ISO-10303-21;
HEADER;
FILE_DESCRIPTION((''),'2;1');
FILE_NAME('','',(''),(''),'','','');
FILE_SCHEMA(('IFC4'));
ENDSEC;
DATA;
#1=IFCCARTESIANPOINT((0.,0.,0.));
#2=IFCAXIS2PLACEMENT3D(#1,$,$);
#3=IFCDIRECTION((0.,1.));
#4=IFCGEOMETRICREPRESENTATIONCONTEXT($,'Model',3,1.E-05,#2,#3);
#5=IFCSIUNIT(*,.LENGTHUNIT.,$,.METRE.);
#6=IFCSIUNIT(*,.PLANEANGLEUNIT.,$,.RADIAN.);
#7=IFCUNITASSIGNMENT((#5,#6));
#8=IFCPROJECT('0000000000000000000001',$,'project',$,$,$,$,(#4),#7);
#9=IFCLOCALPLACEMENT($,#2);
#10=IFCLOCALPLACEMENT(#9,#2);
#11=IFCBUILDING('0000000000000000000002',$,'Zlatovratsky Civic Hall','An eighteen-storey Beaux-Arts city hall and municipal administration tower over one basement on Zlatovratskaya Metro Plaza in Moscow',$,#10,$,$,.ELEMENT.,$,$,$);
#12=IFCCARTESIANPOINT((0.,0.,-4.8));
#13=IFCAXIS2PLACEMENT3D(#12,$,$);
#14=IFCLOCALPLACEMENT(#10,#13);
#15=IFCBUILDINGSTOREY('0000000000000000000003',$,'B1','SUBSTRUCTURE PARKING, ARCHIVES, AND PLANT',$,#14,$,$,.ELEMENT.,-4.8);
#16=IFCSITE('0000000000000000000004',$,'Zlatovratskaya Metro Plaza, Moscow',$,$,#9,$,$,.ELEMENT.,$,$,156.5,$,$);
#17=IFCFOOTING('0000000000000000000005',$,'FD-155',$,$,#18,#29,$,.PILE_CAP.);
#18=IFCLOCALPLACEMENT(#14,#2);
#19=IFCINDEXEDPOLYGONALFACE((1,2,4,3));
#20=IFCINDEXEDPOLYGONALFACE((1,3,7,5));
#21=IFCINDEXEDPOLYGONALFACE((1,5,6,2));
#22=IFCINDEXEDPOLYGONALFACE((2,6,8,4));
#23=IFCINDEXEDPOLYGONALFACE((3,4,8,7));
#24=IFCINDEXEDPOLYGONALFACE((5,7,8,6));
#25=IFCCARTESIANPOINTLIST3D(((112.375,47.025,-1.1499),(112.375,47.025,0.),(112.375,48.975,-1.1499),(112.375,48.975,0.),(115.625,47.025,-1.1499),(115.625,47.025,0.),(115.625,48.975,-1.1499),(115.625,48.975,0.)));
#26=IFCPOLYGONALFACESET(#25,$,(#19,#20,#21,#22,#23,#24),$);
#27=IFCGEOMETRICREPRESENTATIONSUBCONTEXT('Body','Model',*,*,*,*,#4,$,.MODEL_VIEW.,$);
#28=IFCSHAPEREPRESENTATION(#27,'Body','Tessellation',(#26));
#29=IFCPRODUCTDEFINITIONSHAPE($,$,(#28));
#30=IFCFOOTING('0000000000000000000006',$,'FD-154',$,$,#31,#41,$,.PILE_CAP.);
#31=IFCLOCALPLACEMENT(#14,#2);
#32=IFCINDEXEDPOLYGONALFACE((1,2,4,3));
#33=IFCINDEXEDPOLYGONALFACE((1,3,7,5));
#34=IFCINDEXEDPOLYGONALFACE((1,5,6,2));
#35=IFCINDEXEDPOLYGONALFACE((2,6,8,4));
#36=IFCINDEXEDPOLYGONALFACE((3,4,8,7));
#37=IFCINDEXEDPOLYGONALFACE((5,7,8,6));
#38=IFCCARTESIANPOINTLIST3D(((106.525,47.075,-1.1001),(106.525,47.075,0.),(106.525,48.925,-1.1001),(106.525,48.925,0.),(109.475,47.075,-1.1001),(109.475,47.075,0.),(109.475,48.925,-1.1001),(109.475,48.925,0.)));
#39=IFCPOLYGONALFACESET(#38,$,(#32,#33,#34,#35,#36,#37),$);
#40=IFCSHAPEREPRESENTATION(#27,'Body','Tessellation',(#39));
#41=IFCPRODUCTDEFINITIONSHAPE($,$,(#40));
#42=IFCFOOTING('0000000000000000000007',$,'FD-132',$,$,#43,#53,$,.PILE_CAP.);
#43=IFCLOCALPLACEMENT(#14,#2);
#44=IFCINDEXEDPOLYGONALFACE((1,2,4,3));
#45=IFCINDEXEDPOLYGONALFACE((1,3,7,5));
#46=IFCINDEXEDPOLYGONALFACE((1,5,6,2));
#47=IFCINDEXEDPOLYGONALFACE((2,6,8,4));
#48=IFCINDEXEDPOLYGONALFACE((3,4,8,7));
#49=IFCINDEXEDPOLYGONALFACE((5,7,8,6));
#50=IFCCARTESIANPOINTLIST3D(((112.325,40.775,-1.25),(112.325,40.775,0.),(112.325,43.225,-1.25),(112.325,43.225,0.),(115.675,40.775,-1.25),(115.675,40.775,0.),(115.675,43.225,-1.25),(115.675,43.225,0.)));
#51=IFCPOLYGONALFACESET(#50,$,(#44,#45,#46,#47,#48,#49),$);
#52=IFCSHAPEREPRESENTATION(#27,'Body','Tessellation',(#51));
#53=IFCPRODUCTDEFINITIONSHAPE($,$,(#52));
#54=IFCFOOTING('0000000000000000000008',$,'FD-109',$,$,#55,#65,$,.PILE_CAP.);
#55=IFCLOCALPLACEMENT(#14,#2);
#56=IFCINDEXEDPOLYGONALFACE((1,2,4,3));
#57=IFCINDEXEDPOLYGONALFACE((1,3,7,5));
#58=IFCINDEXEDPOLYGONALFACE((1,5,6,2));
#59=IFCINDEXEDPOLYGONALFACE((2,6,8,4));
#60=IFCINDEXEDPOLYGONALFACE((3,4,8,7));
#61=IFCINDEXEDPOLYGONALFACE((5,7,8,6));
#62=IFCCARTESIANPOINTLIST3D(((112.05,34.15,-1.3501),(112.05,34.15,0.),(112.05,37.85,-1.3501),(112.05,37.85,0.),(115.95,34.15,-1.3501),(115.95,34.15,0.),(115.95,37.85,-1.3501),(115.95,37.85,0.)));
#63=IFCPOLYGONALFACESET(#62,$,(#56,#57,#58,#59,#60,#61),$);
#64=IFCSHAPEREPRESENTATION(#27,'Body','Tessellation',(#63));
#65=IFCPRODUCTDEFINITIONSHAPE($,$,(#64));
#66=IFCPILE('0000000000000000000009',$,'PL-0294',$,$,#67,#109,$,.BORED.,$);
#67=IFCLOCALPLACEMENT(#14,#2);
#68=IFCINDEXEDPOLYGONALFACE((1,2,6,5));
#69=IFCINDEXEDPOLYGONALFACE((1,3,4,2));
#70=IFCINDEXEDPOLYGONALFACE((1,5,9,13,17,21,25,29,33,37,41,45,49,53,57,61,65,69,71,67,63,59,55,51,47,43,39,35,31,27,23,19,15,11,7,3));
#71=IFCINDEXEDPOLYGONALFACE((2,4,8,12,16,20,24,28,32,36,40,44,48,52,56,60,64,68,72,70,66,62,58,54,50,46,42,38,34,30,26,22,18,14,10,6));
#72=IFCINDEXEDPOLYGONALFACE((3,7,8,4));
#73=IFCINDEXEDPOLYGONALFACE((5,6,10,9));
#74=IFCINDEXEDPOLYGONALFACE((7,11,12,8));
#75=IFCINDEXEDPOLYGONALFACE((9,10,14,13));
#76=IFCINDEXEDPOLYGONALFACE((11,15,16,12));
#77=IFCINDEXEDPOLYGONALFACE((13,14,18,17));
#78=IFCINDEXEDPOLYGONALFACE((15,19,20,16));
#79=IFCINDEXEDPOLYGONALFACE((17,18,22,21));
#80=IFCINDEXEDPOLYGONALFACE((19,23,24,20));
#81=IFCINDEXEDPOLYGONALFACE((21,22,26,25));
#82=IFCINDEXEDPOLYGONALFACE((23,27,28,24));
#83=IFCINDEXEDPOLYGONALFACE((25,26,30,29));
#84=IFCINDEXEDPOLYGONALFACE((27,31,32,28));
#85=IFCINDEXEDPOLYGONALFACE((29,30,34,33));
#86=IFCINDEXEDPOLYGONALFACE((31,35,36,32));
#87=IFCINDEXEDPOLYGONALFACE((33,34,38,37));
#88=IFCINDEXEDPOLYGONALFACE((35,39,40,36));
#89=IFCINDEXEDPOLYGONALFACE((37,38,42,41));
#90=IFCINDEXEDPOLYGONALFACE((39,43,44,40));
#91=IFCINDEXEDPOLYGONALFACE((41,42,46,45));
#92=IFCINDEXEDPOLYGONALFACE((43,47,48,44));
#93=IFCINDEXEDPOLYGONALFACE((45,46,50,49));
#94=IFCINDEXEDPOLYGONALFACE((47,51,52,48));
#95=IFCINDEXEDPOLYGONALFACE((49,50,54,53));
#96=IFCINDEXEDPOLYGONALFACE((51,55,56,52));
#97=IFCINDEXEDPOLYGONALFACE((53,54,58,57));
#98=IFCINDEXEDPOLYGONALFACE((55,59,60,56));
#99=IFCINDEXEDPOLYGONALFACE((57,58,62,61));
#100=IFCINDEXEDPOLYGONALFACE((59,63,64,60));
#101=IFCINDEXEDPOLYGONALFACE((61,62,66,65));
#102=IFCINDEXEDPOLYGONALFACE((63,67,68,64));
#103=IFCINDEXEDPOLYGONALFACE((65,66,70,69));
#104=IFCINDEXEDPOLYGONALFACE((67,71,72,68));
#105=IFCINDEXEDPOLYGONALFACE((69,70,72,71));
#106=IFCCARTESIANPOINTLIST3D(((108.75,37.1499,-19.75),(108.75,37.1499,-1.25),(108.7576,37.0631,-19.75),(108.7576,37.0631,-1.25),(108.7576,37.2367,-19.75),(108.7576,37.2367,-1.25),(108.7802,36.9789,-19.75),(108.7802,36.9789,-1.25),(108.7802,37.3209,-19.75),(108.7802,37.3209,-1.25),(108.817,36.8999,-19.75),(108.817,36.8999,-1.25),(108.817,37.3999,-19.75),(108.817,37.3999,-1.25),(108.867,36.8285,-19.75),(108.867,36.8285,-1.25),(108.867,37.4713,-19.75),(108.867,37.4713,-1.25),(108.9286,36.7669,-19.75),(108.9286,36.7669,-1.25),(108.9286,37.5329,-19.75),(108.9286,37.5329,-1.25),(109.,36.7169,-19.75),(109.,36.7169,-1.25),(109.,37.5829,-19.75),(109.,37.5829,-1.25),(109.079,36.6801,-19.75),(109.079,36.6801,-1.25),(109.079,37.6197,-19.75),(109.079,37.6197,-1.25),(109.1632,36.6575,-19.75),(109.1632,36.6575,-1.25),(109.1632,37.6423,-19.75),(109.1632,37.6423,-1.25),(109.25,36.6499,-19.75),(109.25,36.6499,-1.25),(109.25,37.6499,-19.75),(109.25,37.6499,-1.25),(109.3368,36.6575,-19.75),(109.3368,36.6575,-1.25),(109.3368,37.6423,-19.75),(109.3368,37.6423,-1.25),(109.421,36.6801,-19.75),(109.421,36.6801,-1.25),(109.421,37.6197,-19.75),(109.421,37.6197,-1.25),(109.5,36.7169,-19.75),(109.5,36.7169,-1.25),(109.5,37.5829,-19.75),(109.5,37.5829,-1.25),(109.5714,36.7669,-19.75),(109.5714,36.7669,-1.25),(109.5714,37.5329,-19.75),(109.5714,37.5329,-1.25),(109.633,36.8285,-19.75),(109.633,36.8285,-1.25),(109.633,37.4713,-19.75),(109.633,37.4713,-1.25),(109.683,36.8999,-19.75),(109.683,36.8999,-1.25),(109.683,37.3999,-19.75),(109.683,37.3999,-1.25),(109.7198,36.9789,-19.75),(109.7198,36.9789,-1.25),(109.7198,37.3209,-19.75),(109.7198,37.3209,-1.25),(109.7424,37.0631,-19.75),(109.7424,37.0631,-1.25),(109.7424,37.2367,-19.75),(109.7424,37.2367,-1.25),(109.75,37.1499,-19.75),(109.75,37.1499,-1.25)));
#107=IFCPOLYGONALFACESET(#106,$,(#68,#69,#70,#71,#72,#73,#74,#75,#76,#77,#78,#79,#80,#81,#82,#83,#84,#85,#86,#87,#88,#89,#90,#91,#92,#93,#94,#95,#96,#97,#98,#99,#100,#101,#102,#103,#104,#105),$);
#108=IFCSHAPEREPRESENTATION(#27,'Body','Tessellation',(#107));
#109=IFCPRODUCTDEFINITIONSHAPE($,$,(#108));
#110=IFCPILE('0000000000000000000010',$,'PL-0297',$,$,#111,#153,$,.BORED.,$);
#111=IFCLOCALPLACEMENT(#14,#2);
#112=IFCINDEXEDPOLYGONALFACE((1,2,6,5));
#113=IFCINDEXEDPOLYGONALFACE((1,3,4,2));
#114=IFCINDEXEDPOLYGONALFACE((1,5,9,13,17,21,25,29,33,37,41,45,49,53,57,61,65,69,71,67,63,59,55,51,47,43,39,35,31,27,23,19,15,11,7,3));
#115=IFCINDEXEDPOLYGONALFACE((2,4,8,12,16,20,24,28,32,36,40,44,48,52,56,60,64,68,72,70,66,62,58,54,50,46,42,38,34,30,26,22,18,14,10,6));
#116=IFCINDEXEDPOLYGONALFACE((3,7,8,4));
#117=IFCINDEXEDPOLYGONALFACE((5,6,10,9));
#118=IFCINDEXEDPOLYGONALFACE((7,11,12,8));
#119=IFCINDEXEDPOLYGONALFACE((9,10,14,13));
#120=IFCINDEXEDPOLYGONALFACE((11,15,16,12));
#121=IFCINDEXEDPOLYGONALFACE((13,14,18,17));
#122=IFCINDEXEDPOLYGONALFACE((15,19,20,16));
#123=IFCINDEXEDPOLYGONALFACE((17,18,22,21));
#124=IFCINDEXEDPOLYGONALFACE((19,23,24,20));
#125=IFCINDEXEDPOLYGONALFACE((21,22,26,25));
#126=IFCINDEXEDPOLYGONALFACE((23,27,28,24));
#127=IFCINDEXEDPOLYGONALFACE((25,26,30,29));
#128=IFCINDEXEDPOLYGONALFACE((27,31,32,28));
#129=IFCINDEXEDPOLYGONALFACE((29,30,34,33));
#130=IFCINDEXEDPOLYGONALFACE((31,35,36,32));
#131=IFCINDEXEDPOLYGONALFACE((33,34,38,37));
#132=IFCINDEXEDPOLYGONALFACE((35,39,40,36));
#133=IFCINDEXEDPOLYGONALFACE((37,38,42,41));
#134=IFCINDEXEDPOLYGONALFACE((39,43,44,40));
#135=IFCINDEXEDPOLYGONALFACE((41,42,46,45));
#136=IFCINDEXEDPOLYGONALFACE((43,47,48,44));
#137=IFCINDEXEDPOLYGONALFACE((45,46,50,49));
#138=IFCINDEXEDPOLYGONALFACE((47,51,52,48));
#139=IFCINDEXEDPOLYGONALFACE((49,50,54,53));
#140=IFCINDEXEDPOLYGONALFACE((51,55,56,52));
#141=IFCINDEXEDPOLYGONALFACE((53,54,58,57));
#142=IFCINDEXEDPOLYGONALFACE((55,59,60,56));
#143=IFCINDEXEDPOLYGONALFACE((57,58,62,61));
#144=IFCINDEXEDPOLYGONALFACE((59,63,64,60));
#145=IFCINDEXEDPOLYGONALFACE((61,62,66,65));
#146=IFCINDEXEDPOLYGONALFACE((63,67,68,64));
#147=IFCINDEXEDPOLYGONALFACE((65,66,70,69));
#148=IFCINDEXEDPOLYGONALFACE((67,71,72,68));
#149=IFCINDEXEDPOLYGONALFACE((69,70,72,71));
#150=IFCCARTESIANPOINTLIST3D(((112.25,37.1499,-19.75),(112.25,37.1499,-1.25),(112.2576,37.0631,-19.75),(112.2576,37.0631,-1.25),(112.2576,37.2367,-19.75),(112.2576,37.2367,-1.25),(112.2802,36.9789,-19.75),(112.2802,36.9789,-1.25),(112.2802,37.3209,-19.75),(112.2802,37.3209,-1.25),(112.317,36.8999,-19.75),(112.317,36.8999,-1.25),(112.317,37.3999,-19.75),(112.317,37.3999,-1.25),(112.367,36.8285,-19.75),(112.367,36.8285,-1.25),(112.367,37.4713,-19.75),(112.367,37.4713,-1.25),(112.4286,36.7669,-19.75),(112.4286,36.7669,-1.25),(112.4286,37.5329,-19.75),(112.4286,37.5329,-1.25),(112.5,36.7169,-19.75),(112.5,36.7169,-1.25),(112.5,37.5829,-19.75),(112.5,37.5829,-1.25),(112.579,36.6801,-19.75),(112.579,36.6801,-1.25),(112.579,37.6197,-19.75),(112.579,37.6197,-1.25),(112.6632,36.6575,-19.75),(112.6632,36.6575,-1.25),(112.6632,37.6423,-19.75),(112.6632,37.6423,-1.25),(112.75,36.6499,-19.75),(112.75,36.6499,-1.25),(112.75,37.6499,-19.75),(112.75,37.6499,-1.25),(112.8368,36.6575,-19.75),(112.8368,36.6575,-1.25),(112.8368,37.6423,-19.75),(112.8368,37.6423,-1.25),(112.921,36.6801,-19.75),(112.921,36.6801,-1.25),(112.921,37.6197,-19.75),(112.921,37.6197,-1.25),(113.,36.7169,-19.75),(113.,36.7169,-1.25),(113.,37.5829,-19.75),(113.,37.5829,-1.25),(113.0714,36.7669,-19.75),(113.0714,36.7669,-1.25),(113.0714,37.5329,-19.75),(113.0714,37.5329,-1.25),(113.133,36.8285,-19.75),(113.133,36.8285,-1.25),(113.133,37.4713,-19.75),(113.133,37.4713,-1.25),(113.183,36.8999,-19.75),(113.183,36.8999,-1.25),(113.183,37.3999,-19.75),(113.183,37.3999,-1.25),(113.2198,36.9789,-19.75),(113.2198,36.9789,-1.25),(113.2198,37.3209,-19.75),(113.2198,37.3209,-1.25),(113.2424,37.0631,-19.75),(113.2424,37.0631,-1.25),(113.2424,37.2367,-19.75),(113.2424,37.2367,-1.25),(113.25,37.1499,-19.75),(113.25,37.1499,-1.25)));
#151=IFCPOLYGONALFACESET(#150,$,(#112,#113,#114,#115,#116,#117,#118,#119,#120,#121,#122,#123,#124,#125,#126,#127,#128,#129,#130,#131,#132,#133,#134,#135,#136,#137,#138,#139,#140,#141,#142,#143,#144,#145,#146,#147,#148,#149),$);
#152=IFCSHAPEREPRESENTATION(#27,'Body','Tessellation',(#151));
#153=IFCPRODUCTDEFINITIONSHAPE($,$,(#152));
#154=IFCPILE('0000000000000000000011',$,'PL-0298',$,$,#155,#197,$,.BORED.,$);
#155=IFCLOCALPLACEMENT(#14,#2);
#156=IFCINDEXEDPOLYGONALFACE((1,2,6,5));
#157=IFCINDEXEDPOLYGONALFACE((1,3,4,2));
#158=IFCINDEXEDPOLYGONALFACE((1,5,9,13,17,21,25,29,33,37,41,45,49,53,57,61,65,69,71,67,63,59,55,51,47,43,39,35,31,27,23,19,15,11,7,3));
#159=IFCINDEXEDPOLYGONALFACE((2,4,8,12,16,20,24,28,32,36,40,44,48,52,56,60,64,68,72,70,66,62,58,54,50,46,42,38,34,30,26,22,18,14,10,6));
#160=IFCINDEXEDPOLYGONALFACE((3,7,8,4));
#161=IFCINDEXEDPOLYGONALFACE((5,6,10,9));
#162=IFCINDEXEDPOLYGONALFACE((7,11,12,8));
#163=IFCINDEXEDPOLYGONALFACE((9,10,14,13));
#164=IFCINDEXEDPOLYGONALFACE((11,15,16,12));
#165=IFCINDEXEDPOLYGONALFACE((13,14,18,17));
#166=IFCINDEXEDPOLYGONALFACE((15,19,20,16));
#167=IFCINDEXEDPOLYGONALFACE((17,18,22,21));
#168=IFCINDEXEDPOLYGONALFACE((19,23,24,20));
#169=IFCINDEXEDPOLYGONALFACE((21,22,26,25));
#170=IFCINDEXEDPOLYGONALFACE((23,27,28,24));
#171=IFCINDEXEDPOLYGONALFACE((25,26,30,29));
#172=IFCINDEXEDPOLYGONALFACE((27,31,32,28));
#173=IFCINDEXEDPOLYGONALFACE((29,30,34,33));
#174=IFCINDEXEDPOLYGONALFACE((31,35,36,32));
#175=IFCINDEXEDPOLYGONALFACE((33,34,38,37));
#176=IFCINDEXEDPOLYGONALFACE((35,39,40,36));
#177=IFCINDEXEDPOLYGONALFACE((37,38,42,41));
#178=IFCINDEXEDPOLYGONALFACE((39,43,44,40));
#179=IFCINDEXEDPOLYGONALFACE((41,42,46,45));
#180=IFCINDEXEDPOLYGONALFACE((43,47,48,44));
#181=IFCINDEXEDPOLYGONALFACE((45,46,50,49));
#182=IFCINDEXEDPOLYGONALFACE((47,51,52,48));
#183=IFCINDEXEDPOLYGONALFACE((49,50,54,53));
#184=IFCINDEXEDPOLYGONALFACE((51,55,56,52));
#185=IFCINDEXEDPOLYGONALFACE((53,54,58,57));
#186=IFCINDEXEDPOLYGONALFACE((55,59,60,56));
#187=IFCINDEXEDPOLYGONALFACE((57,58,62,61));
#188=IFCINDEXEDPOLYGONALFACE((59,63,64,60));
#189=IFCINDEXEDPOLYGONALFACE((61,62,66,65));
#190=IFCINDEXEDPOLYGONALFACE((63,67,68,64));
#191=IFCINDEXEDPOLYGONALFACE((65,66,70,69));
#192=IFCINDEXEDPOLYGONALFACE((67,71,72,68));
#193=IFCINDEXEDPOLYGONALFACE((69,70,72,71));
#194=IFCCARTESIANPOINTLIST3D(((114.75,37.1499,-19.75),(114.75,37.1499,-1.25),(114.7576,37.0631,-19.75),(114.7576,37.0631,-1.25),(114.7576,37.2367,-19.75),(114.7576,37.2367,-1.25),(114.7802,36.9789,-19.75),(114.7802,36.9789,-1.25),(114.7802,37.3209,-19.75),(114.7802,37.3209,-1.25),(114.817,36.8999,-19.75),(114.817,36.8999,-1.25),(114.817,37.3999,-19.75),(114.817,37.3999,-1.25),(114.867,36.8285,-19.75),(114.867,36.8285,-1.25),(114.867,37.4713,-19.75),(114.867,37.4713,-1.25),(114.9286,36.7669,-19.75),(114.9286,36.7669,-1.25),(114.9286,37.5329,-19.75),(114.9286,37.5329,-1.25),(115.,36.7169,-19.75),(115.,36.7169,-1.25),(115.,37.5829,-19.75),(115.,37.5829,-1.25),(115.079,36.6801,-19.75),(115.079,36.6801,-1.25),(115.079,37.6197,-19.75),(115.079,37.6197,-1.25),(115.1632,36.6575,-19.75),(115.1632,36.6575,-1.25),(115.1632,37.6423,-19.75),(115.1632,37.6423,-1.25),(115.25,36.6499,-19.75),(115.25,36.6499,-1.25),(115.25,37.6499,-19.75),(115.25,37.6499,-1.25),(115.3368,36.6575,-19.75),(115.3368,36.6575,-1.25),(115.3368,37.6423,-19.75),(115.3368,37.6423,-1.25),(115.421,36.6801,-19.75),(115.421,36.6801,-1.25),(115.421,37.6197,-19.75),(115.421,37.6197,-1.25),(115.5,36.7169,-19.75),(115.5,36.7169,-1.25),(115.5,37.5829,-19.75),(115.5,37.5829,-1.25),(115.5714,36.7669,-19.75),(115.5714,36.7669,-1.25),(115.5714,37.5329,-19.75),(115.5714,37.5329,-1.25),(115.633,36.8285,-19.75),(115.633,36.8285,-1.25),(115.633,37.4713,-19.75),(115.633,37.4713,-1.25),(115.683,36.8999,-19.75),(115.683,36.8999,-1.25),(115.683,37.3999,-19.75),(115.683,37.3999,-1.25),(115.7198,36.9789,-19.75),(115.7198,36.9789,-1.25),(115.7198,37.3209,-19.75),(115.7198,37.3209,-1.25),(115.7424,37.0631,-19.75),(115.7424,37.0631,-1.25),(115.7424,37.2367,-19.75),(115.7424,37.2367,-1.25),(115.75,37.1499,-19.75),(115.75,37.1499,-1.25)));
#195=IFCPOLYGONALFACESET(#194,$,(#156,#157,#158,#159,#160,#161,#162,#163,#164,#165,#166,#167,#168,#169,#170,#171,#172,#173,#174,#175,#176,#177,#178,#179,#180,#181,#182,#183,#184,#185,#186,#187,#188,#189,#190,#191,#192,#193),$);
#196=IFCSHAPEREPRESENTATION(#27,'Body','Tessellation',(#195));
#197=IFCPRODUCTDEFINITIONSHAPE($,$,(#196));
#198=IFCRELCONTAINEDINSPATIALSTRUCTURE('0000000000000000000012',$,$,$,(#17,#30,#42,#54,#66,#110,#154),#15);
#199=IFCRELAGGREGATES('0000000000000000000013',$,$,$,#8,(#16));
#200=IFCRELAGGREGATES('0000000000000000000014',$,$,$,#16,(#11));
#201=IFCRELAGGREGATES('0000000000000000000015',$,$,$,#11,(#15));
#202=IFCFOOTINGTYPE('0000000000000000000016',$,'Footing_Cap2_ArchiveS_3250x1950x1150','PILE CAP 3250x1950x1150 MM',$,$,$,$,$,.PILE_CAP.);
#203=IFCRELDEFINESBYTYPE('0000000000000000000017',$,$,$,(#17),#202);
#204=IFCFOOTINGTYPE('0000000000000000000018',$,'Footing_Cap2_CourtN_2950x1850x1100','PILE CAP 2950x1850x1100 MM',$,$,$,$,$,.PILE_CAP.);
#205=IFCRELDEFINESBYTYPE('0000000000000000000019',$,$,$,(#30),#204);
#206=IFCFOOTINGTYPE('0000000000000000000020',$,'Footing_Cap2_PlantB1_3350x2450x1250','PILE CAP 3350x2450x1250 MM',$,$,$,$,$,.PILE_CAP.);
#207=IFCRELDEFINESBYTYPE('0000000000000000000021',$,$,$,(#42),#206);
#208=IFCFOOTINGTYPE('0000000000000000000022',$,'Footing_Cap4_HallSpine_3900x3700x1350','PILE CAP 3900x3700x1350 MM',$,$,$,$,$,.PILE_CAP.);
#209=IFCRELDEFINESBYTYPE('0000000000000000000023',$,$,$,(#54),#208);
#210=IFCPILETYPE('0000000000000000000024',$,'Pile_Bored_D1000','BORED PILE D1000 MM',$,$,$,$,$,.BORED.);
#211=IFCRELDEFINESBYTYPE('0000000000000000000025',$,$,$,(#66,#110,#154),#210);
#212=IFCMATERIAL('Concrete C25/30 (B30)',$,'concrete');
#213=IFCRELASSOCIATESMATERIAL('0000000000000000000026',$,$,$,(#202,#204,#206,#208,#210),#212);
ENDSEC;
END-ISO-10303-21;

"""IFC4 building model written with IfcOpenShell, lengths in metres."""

from ifc_helpers import new_model, si_unit, direction, frame, origin, origin_2d, place, context, subcontext, project, spatial, rectangle, circle, extrude, material, material_profile, profile_set, type_object, element, save


model = new_model("IFC4")

# Units and contexts
model_context = context("Model", 3, precision=1e-05, world=origin(), true_north=direction((0.0, 1.0)))
body_context = subcontext(model_context, "Body", "Model", "MODEL_VIEW")
ifc_project = project(units=[si_unit("LENGTHUNIT", "METRE"), si_unit("PLANEANGLEUNIT", "RADIAN")], contexts=[model_context])

# Site, building, storey
site_placement = place(None, origin())
site = spatial("IfcSite", under=ifc_project, at=site_placement, Name="Zlatovratskaya Metro Plaza, Moscow", CompositionType="ELEMENT", RefElevation=156.5)
building_placement = place(site_placement, origin())
building = spatial("IfcBuilding", under=site, at=building_placement, Name="Zlatovratsky Civic Hall", Description="An eighteen-storey Beaux-Arts city hall and municipal administration tower over one basement on Zlatovratskaya Metro Plaza in Moscow", CompositionType="ELEMENT")
storey_placement = place(building_placement, frame((0.0, 0.0, -4.8)))
storey = spatial("IfcBuildingStorey", under=building, at=storey_placement, Name="B1", Description="SUBSTRUCTURE PARKING, ARCHIVES, AND PLANT", CompositionType="ELEMENT", Elevation=-4.8)

# Footings
ifc_material_1 = material(Name="Concrete C25/30 (B30)", Category="concrete")
footing_type_1 = type_object("IfcFootingType", Name="Footing_Cap2_ArchiveS_3250x1950x1150", Description="PILE CAP 3250x1950x1150 MM", PredefinedType="PILE_CAP", material=ifc_material_1)
footing_1_placement = place(storey_placement, frame((114.0, 48.0, -1.1499), z_axis=(0.0, 0.0, 1.0), x_axis=(1.0, 0.0, 0.0)))
element("IfcFooting", 1, at=footing_1_placement, inside=storey, type_object=footing_type_1, Name="FD-155", PredefinedType="PILE_CAP", context=body_context, shape_type="SweptSolid", body=[
    extrude(rectangle(XDim=3.25, YDim=1.95, at=origin_2d()), origin(), (0.0, 0.0, 1.0), 1.1499),
])
footing_type_2 = type_object("IfcFootingType", Name="Footing_Cap2_CourtN_2950x1850x1100", Description="PILE CAP 2950x1850x1100 MM", PredefinedType="PILE_CAP", material=ifc_material_1)
footing_2_placement = place(storey_placement, frame((108.0, 48.0, -1.1001), z_axis=(0.0, 0.0, 1.0), x_axis=(1.0, 0.0, 0.0)))
element("IfcFooting", 2, at=footing_2_placement, inside=storey, type_object=footing_type_2, Name="FD-154", PredefinedType="PILE_CAP", context=body_context, shape_type="SweptSolid", body=[
    extrude(rectangle(XDim=2.95, YDim=1.8501, at=origin_2d()), origin(), (0.0, 0.0, 1.0), 1.1001),
])
footing_type_3 = type_object("IfcFootingType", Name="Footing_Cap2_PlantB1_3350x2450x1250", Description="PILE CAP 3350x2450x1250 MM", PredefinedType="PILE_CAP", material=ifc_material_1)
footing_3_placement = place(storey_placement, frame((114.0, 42.0, -1.25), z_axis=(0.0, 0.0, 1.0), x_axis=(1.0, 0.0, 0.0)))
element("IfcFooting", 3, at=footing_3_placement, inside=storey, type_object=footing_type_3, Name="FD-132", PredefinedType="PILE_CAP", context=body_context, shape_type="SweptSolid", body=[
    extrude(rectangle(XDim=3.3501, YDim=2.45, at=origin_2d()), origin(), (0.0, 0.0, 1.0), 1.25),
])
footing_type_4 = type_object("IfcFootingType", Name="Footing_Cap4_HallSpine_3900x3700x1350", Description="PILE CAP 3900x3700x1350 MM", PredefinedType="PILE_CAP", material=ifc_material_1)
footing_4_placement = place(storey_placement, frame((114.0, 36.0, -1.3501), z_axis=(0.0, 0.0, 1.0), x_axis=(1.0, 0.0, 0.0)))
element("IfcFooting", 4, at=footing_4_placement, inside=storey, type_object=footing_type_4, Name="FD-109", PredefinedType="PILE_CAP", context=body_context, shape_type="SweptSolid", body=[
    extrude(rectangle(XDim=3.8999, YDim=3.7, at=origin_2d()), origin(), (0.0, 0.0, 1.0), 1.3501),
])

# Piles
ifc_material_profile_1 = material_profile(ifc_material_1, circle(Radius=0.5, at=origin_2d()), Name="PILE D1000")
ifc_profile_set_1 = profile_set([ifc_material_profile_1], Name="Concrete C25/30 (B30)")
pile_type_1 = type_object("IfcPileType", Name="Pile_Bored_D1000", Description="BORED PILE D1000 MM", PredefinedType="BORED", material=ifc_profile_set_1)
for number, where, z_axis, x_axis, name in (
    (5, (109.25, 37.1499, -1.25), (0.0, 0.0, -1.0), (1.0, 0.0, 0.0), "PL-0294"),
    (6, (112.75, 37.1499, -1.25), (0.0, 0.0, -1.0), (1.0, 0.0, 0.0), "PL-0297"),
    (7, (115.25, 37.1499, -1.25), (0.0, 0.0, -1.0), (1.0, 0.0, 0.0), "PL-0298"),
):
    element("IfcPile", number, at=place(storey_placement, frame(where, z_axis=z_axis, x_axis=x_axis)), inside=storey, type_object=pile_type_1, Name=name, PredefinedType="BORED", context=body_context, shape_type="SweptSolid", body=[
        extrude(circle(Radius=0.5, at=origin_2d()), origin(), (0.0, 0.0, 1.0), 18.5),
    ])

save(model, "model.ifc")
